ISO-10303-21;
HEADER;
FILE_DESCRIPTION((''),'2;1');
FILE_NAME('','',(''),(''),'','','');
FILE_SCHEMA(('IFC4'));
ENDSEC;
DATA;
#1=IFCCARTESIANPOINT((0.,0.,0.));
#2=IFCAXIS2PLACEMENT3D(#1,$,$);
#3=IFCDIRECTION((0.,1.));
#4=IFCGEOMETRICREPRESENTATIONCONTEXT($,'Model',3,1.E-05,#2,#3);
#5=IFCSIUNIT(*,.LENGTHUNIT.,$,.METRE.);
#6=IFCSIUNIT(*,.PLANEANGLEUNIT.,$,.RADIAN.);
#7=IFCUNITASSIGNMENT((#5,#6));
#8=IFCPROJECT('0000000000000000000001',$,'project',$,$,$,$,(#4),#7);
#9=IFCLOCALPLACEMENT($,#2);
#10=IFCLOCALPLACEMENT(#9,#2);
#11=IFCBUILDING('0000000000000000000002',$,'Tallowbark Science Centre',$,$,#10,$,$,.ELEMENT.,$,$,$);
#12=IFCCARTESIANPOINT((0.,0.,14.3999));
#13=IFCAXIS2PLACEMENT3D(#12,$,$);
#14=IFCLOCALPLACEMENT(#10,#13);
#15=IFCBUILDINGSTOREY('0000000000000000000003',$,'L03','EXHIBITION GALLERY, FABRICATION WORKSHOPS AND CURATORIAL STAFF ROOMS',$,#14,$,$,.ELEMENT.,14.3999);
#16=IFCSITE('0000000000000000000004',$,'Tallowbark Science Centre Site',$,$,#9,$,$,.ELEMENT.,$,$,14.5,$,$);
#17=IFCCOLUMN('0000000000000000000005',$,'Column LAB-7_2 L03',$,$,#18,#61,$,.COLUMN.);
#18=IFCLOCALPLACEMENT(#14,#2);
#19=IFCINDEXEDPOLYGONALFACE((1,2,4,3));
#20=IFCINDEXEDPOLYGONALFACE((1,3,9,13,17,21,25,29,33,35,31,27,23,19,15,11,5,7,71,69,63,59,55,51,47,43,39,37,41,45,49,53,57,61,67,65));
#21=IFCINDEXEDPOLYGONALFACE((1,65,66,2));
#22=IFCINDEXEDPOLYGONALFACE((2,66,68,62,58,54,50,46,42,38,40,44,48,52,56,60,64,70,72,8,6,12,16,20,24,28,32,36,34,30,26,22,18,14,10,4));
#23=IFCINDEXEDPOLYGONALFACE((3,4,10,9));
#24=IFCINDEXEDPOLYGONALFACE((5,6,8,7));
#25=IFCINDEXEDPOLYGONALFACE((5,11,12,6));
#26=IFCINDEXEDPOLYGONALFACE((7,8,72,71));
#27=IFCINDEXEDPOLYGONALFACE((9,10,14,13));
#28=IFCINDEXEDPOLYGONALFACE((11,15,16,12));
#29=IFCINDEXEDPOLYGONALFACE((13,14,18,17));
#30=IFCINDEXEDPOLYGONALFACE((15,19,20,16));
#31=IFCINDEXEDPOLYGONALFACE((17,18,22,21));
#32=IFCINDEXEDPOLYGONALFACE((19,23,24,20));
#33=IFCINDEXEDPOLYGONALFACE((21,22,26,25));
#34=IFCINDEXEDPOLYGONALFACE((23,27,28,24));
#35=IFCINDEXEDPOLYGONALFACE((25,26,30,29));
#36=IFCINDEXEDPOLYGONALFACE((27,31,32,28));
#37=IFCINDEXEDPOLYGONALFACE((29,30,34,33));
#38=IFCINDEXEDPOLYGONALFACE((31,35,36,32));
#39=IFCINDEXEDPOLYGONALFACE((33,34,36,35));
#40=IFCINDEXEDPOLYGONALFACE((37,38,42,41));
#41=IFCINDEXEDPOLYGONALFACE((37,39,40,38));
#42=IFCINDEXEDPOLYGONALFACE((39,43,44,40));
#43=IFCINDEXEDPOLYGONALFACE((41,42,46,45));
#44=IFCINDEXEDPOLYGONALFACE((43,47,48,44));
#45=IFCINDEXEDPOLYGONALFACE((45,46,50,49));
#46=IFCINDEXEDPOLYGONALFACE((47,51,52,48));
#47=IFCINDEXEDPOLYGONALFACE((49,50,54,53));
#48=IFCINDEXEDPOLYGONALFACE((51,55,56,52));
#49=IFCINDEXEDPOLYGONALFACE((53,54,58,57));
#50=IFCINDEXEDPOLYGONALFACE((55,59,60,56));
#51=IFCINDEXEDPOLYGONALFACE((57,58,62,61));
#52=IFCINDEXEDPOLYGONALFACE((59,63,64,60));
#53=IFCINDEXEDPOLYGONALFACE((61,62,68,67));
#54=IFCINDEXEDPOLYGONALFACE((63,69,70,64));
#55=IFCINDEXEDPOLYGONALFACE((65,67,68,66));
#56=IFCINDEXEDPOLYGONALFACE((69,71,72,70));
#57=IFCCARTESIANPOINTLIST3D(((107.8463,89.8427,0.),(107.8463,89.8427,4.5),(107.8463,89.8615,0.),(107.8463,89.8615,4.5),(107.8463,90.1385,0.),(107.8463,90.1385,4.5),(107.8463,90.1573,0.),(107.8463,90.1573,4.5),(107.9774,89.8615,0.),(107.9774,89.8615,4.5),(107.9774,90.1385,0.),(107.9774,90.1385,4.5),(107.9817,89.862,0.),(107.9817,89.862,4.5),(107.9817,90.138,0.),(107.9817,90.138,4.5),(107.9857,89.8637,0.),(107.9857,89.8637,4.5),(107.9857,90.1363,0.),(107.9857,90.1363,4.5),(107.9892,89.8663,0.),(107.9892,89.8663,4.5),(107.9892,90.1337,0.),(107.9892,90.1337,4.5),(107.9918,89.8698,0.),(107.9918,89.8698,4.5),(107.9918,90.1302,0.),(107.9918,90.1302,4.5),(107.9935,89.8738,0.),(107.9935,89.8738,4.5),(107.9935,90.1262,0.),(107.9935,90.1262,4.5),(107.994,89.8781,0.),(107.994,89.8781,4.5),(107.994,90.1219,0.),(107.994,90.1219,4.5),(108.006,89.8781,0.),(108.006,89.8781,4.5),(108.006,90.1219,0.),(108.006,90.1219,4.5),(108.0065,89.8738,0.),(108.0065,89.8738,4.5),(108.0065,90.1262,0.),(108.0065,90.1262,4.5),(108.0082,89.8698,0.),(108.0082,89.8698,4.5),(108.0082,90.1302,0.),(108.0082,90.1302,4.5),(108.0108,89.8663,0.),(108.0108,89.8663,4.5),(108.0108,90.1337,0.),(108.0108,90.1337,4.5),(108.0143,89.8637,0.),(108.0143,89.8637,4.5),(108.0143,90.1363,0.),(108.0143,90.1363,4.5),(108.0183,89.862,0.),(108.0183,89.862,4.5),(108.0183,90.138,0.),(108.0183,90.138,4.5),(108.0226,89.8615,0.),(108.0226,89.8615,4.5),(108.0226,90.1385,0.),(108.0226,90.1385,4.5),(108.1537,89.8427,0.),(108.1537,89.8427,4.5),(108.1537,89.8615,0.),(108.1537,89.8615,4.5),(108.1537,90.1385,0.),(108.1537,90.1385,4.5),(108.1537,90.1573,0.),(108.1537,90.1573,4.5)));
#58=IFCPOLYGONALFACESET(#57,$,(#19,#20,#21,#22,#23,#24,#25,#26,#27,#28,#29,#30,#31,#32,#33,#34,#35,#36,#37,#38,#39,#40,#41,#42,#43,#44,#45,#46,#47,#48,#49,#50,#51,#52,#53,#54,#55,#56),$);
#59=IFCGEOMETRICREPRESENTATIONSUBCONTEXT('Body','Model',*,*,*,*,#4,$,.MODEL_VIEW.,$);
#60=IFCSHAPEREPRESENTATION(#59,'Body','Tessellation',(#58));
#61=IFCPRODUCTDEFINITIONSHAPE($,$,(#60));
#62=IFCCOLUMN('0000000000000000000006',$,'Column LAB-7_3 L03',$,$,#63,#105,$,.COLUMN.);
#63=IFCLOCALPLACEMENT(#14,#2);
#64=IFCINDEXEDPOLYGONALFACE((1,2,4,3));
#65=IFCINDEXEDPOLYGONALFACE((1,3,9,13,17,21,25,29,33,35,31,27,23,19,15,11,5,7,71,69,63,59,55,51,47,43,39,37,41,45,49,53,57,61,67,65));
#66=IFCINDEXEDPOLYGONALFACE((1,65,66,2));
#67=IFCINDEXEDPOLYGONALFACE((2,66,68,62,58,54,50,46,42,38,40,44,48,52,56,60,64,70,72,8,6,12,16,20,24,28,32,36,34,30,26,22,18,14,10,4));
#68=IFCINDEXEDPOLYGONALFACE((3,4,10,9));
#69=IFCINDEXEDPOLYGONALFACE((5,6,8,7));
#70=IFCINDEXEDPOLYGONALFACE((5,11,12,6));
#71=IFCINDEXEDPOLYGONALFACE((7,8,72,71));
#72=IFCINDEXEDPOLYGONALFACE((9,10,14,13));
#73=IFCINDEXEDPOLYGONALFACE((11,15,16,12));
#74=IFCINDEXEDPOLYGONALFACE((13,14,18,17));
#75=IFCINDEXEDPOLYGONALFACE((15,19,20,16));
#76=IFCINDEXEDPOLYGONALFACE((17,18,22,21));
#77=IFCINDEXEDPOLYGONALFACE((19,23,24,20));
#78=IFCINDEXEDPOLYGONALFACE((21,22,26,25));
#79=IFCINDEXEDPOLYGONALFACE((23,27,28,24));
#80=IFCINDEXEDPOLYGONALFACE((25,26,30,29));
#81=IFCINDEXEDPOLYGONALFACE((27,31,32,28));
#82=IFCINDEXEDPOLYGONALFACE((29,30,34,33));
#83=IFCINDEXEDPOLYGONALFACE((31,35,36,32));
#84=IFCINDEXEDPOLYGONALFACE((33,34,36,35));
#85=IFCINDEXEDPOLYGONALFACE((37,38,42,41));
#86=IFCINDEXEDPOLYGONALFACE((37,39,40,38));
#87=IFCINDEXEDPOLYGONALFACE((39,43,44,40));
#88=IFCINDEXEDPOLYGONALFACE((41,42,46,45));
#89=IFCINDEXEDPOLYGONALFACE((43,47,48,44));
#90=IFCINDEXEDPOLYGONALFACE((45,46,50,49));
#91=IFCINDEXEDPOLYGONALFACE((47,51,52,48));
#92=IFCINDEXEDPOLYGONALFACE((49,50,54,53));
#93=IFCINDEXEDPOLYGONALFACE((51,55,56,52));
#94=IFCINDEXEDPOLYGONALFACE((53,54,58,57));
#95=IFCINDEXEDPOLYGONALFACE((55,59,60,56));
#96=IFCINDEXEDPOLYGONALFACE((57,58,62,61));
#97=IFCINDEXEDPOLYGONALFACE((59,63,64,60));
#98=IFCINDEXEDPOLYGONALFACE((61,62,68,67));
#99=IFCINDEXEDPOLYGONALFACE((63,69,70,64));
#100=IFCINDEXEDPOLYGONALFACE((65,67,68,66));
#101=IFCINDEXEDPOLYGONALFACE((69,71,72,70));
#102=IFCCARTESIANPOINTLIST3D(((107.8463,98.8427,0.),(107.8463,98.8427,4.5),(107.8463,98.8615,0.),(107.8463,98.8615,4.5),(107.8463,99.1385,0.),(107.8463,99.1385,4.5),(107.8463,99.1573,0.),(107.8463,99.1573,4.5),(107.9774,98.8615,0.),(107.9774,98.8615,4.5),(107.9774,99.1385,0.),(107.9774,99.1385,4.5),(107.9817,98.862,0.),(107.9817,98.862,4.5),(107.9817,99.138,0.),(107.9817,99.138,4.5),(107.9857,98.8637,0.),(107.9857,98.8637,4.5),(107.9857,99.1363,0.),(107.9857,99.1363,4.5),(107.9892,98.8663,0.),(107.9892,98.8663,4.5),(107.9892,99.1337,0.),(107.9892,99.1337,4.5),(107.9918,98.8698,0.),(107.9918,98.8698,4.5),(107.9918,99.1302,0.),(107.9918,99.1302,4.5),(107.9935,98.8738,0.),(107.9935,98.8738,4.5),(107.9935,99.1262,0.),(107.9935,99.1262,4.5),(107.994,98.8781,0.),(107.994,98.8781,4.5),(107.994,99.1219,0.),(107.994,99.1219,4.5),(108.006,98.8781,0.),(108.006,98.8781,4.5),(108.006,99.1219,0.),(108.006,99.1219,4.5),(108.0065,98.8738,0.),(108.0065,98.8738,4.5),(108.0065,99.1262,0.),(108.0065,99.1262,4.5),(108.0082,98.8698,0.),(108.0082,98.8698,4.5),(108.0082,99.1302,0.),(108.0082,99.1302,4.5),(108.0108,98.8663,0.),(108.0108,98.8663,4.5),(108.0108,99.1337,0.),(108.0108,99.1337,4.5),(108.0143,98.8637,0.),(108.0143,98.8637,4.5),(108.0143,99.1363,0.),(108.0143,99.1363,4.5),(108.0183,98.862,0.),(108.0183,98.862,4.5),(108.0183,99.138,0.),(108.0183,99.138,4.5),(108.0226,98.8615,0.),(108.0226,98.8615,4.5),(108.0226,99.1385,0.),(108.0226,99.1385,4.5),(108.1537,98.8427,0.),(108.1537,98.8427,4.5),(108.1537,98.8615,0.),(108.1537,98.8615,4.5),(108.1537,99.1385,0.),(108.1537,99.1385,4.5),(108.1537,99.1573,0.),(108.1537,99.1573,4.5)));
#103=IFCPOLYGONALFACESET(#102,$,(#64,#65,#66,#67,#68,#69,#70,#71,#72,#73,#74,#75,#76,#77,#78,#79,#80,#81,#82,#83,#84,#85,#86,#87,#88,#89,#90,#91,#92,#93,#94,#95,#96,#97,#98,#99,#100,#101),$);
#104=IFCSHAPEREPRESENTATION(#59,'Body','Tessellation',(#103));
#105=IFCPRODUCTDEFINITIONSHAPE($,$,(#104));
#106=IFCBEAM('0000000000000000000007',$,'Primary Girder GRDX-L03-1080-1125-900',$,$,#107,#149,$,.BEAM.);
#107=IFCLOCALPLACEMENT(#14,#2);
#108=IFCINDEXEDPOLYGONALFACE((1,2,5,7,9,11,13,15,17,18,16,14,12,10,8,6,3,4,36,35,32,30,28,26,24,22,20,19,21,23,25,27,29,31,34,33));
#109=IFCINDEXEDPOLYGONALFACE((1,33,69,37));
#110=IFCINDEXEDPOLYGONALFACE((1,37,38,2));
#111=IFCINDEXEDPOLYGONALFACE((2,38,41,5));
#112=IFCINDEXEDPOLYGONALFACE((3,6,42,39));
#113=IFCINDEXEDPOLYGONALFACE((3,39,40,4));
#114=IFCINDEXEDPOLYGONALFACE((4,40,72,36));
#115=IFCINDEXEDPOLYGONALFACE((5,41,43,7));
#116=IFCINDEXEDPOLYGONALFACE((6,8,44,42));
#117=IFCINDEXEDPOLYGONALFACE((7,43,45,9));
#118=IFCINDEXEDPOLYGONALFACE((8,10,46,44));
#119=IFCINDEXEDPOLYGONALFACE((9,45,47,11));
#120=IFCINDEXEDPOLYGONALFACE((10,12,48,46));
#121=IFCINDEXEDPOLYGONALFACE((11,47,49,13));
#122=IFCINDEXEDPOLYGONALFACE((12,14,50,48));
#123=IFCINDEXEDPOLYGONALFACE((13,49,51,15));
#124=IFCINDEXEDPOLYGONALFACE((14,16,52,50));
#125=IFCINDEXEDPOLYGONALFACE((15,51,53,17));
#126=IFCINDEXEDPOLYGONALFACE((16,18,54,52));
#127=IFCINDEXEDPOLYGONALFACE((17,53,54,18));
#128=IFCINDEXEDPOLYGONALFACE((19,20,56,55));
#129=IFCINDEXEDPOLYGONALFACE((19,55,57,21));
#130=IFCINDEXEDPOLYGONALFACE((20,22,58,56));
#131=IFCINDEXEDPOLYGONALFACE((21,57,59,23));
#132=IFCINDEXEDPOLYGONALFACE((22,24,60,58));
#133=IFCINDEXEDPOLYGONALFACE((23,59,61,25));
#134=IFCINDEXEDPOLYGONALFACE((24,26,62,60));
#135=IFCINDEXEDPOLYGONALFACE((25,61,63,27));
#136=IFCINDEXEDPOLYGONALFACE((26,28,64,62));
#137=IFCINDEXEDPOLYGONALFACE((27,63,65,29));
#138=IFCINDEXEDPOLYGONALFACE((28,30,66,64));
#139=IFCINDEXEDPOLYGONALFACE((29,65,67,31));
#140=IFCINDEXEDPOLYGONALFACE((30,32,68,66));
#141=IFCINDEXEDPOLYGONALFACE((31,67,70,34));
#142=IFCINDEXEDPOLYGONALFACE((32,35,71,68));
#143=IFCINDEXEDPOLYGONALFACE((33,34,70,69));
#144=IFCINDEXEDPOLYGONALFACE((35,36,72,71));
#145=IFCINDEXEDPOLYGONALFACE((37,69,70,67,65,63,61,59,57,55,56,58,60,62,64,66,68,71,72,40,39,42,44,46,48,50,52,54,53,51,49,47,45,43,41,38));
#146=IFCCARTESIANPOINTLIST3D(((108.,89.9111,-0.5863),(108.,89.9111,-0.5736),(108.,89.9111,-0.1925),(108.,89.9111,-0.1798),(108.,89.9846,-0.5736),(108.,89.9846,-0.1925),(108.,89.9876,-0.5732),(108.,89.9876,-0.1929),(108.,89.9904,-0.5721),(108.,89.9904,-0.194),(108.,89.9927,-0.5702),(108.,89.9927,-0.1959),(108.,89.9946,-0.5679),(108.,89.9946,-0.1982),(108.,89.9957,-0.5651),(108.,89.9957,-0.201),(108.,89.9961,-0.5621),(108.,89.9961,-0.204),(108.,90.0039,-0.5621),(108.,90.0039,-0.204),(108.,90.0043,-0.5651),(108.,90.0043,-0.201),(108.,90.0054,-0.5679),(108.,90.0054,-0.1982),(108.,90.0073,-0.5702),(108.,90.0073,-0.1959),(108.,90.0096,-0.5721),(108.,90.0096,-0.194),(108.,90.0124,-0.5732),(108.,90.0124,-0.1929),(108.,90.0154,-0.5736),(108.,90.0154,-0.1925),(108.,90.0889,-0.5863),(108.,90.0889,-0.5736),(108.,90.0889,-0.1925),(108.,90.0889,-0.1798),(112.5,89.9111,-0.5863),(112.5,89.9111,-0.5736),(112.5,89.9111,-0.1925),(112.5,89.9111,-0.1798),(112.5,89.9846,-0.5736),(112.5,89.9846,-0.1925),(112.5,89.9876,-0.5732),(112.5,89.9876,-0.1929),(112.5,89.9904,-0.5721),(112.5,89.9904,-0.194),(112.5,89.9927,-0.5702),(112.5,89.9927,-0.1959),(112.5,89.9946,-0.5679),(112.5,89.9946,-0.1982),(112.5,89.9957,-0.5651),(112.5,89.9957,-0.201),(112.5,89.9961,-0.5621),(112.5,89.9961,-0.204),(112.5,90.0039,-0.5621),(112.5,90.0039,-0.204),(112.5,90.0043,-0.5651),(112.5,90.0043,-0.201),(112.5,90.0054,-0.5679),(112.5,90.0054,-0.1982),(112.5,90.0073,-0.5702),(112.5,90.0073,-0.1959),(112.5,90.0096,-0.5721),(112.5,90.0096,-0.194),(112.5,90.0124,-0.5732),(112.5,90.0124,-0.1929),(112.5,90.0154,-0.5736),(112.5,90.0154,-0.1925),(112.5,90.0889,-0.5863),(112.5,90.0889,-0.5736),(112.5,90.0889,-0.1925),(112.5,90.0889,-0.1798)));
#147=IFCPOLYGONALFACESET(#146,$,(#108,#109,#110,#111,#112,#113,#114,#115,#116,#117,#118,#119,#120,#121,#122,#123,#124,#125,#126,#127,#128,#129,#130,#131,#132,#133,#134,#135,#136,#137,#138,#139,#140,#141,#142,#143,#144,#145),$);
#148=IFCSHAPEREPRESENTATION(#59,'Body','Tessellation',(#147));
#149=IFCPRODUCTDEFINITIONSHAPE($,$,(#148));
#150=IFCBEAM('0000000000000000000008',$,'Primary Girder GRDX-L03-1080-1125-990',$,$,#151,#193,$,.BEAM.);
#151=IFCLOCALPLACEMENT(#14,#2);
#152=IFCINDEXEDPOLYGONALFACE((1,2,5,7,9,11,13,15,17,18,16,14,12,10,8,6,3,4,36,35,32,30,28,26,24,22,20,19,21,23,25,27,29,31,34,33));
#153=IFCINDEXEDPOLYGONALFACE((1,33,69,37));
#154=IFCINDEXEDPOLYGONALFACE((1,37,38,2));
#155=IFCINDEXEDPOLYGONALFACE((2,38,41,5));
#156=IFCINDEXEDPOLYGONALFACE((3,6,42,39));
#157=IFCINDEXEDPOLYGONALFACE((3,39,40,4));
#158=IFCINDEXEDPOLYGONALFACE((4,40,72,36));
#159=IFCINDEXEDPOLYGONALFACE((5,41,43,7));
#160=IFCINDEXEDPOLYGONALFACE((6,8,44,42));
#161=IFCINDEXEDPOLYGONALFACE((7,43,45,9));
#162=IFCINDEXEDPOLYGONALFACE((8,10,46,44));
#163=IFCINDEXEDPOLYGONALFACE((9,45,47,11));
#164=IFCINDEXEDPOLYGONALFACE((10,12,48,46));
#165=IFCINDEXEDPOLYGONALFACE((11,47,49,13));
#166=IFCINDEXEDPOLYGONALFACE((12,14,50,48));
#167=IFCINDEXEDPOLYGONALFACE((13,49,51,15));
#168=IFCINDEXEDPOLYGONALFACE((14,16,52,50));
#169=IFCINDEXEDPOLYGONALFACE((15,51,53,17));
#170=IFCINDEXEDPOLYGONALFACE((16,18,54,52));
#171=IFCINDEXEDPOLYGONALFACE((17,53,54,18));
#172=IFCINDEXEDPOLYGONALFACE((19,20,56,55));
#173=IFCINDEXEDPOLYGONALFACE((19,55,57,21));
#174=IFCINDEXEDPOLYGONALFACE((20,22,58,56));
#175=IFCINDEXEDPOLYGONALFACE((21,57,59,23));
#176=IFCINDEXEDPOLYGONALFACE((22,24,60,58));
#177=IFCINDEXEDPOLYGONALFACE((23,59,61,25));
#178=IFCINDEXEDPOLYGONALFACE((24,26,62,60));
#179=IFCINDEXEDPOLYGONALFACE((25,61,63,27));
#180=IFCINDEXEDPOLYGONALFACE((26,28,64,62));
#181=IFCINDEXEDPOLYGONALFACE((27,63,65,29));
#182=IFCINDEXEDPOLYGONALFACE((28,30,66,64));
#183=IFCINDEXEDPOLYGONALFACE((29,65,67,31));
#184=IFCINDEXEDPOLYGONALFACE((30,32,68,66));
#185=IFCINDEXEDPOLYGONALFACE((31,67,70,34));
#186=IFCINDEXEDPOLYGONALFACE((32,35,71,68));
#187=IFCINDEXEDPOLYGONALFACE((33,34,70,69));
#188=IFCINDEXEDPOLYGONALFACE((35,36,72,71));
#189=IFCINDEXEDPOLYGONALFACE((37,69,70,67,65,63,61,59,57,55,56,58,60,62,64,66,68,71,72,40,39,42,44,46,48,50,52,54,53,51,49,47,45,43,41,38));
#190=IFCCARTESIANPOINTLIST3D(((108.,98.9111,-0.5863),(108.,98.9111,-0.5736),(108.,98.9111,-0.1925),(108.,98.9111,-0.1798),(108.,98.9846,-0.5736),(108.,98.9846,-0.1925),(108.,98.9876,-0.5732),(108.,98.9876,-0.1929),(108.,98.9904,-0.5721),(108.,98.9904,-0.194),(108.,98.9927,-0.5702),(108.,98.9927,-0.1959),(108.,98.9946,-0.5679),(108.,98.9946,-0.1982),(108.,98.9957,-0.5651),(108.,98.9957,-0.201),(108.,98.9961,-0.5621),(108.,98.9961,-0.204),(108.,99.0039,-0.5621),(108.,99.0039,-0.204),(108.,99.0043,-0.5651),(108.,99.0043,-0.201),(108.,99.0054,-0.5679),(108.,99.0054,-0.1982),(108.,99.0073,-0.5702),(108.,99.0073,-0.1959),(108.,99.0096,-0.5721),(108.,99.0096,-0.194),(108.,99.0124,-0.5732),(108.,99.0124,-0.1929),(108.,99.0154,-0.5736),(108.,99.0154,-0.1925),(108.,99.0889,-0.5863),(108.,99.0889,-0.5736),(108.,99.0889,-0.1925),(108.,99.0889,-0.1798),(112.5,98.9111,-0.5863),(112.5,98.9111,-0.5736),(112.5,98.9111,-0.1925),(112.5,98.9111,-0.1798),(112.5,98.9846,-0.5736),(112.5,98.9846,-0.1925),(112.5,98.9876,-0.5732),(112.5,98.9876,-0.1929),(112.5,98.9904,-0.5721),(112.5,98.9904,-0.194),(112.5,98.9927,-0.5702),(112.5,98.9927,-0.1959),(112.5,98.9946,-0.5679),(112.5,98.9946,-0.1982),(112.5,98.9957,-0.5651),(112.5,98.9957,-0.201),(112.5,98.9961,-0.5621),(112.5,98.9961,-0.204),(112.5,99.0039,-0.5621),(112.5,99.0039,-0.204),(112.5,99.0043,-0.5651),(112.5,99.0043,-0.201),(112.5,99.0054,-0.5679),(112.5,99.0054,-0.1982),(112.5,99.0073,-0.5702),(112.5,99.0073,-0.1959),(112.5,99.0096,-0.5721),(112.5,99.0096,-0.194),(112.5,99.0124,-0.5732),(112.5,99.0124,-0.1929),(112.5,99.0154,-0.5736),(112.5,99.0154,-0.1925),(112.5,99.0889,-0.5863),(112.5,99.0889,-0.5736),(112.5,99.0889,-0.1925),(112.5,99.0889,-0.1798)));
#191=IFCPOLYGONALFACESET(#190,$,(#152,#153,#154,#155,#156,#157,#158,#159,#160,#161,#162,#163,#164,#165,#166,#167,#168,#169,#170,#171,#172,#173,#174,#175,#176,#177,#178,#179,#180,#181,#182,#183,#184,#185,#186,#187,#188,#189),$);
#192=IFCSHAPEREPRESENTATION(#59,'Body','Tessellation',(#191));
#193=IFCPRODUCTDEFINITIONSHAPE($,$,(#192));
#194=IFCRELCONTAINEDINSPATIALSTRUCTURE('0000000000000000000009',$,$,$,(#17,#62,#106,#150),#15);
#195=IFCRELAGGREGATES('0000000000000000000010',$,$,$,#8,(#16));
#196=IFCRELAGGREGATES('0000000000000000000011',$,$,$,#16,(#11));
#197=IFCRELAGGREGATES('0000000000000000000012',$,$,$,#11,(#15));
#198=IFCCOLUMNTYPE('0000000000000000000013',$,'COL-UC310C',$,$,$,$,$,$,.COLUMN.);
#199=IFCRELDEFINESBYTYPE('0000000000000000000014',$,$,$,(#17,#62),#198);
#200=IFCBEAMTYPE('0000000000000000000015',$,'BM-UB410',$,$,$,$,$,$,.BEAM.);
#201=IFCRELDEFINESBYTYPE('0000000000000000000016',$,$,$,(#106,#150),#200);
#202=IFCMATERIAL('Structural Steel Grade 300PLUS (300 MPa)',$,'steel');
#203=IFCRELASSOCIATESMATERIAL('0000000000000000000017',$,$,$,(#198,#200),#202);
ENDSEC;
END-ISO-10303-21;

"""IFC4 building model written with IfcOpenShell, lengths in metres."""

from ifc_helpers import new_model, si_unit, direction, frame, origin, origin_2d, place, context, subcontext, project, spatial, i_section, extrude, material, material_profile, profile_set, type_object, element, save


model = new_model("IFC4")

# Units and contexts
model_context = context("Model", 3, precision=1e-05, world=origin(), true_north=direction((0.0, 1.0)))
body_context = subcontext(model_context, "Body", "Model", "MODEL_VIEW")
ifc_project = project(units=[si_unit("LENGTHUNIT", "METRE"), si_unit("PLANEANGLEUNIT", "RADIAN")], contexts=[model_context])

# Site, building, storey
site_placement = place(None, origin())
site = spatial("IfcSite", under=ifc_project, at=site_placement, Name="Tallowbark Science Centre Site", CompositionType="ELEMENT", RefElevation=14.5)
building_placement = place(site_placement, origin())
building = spatial("IfcBuilding", under=site, at=building_placement, Name="Tallowbark Science Centre", CompositionType="ELEMENT")
storey_placement = place(building_placement, frame((0.0, 0.0, 14.3999)))
storey = spatial("IfcBuildingStorey", under=building, at=storey_placement, Name="L03", Description="EXHIBITION GALLERY, FABRICATION WORKSHOPS AND CURATORIAL STAFF ROOMS", CompositionType="ELEMENT", Elevation=14.3999)

# Columns
ifc_material_1 = material(Name="Structural Steel Grade 300PLUS (300 MPa)", Category="steel")
ifc_material_profile_1 = material_profile(ifc_material_1, i_section(OverallWidth=0.3074, OverallDepth=0.3147, WebThickness=0.012, FlangeThickness=0.0188, FilletRadius=0.0166, at=origin_2d()), Name="310UC118")
ifc_profile_set_1 = profile_set([ifc_material_profile_1], Name="Structural Steel Grade 300PLUS (300 MPa)")
column_type = type_object("IfcColumnType", Name="COL-UC310C", PredefinedType="COLUMN", material=ifc_profile_set_1)
for number, where, z_axis, x_axis, name in (
    (1, (108.0, 90.0, 0.0), (0.0, 0.0, 1.0), (1.0, 0.0, 0.0), "Column LAB-7_2 L03"),
    (2, (108.0, 99.0, 0.0), (0.0, 0.0, 1.0), (1.0, 0.0, 0.0), "Column LAB-7_3 L03"),
):
    element("IfcColumn", number, at=place(storey_placement, frame(where, z_axis=z_axis, x_axis=x_axis)), inside=storey, type_object=column_type, Name=name, PredefinedType="COLUMN", context=body_context, shape_type="SweptSolid", body=[
        extrude(i_section(OverallWidth=0.3074, OverallDepth=0.3147, WebThickness=0.012, FlangeThickness=0.0188, FilletRadius=0.0166, at=origin_2d()), origin(), (0.0, 0.0, 1.0), 4.5),
    ])

# Beams
ifc_material_profile_2 = material_profile(ifc_material_1, i_section(OverallWidth=0.1777, OverallDepth=0.4065, WebThickness=0.0078, FlangeThickness=0.0127, FilletRadius=0.0115, at=origin_2d()), Name="410UB59.7")
ifc_profile_set_2 = profile_set([ifc_material_profile_2], Name="Structural Steel Grade 300PLUS (300 MPa)")
beam_type_1 = type_object("IfcBeamType", Name="BM-UB410", PredefinedType="BEAM", material=ifc_profile_set_2)
for number, where, z_axis, x_axis, name in (
    (3, (108.0, 90.0, -0.3831), (1.0, 0.0, 0.0), (0.0, 1.0, 0.0), "Primary Girder GRDX-L03-1080-1125-900"),
    (4, (108.0, 99.0, -0.3831), (1.0, 0.0, 0.0), (0.0, 1.0, 0.0), "Primary Girder GRDX-L03-1080-1125-990"),
):
    element("IfcBeam", number, at=place(storey_placement, frame(where, z_axis=z_axis, x_axis=x_axis)), inside=storey, type_object=beam_type_1, Name=name, PredefinedType="BEAM", context=body_context, shape_type="SweptSolid", body=[
        extrude(i_section(OverallWidth=0.1777, OverallDepth=0.4065, WebThickness=0.0078, FlangeThickness=0.0127, FilletRadius=0.0115, at=origin_2d()), origin(), (0.0, 0.0, 1.0), 4.5),
    ])

save(model, "model.ifc")
